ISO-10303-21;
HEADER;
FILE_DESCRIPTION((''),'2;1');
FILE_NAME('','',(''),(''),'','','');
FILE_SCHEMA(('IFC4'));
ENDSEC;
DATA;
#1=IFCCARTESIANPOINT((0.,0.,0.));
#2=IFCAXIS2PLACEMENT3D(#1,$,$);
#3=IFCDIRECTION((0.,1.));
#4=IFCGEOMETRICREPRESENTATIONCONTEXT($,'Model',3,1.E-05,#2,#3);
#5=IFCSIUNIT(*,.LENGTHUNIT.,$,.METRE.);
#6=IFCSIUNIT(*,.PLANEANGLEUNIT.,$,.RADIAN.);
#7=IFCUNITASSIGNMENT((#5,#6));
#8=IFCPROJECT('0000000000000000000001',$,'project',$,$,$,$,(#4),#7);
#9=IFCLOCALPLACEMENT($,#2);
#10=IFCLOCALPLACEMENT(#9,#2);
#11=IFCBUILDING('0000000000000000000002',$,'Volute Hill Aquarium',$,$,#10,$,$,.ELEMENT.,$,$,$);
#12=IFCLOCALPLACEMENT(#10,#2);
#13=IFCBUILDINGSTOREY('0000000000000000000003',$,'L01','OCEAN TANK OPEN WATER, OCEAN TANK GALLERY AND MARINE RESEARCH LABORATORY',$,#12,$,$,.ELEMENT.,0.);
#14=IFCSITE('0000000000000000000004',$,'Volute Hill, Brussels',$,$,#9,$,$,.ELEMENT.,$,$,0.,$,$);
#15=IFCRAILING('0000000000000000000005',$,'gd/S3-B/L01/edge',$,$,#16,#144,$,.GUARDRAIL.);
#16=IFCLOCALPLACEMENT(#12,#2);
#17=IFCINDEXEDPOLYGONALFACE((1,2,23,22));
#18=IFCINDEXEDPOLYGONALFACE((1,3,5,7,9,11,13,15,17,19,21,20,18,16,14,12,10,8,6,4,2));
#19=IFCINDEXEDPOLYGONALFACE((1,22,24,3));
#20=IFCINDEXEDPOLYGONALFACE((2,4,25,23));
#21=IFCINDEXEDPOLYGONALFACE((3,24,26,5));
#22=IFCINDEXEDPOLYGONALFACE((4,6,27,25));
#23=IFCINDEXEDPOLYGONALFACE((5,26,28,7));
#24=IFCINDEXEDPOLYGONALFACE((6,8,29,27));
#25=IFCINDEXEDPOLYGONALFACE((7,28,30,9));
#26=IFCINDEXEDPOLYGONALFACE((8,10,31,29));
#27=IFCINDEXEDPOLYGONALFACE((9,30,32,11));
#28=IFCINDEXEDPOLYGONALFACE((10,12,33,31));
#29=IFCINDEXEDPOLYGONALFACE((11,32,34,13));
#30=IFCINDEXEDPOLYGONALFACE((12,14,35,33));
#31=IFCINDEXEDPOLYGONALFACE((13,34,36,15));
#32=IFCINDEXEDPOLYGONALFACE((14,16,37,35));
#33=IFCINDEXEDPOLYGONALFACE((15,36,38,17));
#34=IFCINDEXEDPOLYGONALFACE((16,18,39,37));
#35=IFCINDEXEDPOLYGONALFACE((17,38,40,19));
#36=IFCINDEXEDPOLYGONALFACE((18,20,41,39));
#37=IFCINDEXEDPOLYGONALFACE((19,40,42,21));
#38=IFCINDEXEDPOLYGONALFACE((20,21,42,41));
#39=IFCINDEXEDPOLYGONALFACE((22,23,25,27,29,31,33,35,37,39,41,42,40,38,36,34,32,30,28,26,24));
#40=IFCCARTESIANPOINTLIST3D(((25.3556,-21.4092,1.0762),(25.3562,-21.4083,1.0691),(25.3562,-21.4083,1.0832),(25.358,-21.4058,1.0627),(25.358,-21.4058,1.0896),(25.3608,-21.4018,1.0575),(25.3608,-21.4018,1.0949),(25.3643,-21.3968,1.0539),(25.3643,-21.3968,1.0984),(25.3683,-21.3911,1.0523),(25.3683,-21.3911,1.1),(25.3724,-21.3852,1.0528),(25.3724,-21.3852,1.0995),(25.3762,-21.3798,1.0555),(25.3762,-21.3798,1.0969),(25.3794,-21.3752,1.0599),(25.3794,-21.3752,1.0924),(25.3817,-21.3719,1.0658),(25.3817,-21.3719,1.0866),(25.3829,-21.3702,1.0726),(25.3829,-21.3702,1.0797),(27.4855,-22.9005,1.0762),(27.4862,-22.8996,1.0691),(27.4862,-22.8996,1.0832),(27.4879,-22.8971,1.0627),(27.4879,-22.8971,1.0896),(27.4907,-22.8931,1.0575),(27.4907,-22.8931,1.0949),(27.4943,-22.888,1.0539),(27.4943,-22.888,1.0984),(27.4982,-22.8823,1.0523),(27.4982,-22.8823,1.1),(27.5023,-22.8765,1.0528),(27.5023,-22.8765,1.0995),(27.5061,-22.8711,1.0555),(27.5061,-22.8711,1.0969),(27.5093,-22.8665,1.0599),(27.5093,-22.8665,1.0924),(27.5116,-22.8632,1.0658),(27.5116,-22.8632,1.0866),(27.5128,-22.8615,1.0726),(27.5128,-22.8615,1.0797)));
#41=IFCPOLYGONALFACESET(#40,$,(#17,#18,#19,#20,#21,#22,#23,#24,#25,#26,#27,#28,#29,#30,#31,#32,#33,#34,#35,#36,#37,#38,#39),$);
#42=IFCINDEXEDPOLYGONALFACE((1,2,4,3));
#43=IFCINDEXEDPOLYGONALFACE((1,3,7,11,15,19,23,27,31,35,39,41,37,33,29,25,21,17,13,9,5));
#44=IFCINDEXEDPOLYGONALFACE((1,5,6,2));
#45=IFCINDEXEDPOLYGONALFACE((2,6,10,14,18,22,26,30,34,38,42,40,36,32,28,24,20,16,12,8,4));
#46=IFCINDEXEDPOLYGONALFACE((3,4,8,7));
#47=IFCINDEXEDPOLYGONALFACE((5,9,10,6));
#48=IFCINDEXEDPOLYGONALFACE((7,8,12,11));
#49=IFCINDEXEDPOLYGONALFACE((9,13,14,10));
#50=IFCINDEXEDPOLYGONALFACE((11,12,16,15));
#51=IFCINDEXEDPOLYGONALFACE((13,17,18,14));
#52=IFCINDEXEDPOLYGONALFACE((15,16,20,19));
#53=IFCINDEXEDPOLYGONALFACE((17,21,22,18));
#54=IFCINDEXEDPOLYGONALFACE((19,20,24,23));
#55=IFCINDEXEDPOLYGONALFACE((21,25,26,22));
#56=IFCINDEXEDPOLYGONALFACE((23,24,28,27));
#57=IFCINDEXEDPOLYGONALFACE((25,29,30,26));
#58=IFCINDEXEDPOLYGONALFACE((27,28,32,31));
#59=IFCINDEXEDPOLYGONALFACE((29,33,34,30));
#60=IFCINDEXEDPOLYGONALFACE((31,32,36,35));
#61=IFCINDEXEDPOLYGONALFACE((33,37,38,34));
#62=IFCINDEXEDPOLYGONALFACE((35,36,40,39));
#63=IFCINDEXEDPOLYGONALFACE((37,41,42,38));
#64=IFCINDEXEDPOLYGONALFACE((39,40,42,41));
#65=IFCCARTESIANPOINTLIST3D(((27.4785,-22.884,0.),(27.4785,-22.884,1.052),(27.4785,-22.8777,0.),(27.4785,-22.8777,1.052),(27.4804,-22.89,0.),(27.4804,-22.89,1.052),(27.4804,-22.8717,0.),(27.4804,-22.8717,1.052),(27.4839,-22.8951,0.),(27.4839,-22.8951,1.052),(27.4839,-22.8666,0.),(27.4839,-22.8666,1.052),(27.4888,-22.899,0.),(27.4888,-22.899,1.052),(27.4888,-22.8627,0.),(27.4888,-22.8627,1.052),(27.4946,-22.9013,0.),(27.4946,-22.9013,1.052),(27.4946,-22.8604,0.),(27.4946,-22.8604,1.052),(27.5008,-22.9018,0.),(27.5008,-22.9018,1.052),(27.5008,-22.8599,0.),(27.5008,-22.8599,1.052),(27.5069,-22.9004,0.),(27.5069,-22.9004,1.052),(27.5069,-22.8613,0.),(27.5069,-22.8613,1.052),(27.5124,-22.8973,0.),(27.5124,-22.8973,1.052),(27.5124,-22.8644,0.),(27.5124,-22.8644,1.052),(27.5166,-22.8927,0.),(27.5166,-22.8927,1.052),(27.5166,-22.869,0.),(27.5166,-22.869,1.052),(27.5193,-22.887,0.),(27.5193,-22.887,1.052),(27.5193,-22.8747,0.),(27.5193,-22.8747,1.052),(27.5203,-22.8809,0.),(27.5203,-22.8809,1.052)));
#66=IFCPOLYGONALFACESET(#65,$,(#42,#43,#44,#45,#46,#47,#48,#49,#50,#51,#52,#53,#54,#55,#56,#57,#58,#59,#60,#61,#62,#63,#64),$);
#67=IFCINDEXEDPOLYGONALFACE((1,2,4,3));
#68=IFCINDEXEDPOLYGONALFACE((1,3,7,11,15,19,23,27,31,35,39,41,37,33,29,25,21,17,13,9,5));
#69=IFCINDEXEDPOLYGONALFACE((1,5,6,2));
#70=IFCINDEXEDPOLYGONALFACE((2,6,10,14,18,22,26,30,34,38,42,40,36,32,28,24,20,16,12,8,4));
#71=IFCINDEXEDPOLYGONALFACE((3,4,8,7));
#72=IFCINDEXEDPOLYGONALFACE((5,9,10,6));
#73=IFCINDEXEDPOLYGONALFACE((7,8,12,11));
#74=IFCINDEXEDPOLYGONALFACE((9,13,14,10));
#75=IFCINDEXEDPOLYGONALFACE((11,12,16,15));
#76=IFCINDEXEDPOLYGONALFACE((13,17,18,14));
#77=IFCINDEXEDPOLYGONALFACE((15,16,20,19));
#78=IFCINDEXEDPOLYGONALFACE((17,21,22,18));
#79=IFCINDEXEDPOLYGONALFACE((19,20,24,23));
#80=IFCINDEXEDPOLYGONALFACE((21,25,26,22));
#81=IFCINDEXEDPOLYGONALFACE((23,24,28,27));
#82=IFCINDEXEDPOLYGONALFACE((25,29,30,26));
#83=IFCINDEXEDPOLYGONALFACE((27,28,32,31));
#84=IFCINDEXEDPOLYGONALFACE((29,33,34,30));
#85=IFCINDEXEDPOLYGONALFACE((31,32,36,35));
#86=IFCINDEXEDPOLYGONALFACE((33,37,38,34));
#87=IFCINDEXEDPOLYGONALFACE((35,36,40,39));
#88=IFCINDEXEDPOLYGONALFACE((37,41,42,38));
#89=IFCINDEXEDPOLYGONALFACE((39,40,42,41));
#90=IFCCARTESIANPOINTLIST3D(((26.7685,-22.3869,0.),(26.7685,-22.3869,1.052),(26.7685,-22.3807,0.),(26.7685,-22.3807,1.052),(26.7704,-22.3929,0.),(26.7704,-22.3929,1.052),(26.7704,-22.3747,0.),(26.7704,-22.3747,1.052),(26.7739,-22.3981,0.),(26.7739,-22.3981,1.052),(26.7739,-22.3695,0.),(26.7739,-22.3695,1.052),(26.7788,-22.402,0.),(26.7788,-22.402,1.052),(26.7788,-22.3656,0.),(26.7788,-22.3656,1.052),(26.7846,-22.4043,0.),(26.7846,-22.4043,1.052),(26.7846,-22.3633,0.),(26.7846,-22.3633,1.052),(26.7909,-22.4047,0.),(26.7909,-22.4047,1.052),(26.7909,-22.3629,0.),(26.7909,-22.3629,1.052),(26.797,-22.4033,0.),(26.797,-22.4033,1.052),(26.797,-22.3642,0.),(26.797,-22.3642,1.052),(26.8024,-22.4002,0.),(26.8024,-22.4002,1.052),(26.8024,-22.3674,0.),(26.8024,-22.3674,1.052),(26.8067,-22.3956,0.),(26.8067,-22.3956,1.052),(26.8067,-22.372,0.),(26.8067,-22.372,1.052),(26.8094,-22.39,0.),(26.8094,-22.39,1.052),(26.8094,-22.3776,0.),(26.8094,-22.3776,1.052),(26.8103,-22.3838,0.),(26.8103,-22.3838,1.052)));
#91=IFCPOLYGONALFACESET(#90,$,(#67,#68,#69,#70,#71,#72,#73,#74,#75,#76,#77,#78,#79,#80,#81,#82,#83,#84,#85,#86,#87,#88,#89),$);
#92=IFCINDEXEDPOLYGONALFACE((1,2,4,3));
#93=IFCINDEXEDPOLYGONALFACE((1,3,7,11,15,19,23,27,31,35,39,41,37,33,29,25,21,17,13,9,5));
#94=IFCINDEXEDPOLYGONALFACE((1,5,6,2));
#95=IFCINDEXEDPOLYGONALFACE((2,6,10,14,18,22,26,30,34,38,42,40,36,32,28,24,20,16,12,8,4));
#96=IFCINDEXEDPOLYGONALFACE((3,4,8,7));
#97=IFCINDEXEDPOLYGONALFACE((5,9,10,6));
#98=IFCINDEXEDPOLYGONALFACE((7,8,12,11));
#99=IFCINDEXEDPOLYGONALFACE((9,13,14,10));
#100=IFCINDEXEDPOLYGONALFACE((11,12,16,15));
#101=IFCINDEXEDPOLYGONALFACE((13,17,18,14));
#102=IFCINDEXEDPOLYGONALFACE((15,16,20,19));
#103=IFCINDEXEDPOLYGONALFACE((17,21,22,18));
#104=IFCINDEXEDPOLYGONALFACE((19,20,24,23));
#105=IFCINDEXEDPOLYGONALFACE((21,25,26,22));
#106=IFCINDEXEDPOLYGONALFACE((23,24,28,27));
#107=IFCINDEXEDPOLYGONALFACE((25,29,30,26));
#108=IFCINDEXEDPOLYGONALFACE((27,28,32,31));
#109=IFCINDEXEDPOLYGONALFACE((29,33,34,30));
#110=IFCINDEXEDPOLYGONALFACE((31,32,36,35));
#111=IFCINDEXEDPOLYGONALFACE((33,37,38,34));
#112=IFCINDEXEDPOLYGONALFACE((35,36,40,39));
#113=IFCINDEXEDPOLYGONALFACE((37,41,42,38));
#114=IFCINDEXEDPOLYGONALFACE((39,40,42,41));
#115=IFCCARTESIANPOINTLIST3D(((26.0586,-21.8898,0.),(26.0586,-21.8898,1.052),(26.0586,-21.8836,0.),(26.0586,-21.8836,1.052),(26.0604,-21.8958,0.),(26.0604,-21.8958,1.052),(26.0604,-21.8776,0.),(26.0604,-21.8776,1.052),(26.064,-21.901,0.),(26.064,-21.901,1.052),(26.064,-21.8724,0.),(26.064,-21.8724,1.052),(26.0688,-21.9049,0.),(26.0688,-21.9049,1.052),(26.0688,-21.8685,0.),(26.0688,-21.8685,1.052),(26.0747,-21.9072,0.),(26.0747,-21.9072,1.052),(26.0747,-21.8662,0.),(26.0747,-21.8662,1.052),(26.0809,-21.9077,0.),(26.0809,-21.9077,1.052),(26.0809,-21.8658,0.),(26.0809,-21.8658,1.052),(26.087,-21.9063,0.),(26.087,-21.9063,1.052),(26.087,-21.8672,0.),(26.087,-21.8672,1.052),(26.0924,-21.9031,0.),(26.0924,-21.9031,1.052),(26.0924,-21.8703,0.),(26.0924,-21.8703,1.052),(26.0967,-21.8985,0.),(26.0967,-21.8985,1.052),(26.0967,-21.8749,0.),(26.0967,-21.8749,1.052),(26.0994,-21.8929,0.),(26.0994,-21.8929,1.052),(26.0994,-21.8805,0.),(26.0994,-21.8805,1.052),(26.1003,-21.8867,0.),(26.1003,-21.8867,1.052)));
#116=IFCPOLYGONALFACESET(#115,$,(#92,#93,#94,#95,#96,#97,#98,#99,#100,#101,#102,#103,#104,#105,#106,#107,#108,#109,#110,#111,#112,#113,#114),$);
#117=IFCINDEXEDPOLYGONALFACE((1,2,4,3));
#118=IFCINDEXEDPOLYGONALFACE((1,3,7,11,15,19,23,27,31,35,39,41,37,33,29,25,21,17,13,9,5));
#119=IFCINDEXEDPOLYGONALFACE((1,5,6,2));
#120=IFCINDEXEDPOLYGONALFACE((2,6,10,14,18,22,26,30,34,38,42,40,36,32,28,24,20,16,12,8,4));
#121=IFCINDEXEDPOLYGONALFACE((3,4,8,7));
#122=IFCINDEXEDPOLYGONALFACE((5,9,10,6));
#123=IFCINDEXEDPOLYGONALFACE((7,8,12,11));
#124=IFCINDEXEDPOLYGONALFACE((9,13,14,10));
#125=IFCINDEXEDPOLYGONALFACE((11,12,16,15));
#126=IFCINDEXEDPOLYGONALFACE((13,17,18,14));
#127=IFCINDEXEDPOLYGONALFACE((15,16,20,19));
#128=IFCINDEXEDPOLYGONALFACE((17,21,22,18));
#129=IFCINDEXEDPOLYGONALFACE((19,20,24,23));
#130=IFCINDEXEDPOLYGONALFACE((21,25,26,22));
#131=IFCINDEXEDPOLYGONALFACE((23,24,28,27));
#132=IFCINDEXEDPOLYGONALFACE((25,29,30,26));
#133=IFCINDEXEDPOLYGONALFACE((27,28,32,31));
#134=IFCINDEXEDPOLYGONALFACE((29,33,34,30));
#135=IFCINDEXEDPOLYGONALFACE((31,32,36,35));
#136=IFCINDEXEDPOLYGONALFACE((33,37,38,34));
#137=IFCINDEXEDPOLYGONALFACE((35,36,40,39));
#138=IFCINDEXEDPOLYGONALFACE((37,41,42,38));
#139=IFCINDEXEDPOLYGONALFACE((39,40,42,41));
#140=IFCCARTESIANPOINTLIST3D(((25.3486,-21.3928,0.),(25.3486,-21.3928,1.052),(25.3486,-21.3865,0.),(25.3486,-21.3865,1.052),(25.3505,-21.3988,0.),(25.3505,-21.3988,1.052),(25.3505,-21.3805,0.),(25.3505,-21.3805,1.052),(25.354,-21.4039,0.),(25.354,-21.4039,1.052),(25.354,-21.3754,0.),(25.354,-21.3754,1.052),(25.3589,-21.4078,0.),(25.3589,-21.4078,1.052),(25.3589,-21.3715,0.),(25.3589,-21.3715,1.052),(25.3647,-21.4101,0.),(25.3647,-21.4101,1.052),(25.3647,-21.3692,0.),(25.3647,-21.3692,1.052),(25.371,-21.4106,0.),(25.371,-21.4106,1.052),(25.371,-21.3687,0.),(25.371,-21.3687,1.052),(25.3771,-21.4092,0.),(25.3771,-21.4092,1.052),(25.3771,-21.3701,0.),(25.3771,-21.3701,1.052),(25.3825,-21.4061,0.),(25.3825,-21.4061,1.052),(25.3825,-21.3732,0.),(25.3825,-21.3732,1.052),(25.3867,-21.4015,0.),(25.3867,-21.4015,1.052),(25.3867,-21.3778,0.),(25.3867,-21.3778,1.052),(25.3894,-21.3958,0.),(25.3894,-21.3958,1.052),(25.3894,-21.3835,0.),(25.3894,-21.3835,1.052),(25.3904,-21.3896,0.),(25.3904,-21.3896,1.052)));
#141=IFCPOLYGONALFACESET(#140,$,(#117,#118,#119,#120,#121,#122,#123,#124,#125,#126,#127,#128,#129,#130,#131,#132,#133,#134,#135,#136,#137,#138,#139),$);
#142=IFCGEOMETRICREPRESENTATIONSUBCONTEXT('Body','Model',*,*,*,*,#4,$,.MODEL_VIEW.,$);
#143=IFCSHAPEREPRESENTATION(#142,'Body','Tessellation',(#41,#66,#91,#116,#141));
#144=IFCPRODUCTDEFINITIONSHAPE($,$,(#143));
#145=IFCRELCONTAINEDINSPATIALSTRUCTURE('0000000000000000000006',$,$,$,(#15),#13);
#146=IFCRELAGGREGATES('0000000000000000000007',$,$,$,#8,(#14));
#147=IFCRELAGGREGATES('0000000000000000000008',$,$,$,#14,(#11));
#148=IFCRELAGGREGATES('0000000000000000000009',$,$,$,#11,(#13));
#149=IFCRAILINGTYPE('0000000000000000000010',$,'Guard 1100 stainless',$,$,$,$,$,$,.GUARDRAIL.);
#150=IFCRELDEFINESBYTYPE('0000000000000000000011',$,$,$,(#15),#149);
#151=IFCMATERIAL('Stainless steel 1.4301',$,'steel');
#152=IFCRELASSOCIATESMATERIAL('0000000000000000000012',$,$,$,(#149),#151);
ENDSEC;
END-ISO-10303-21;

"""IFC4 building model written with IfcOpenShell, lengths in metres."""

from ifc_helpers import new_model, si_unit, direction, frame, origin, origin_2d, place, context, subcontext, project, spatial, circle, extrude, material, type_object, element, save


model = new_model("IFC4")

# Units and contexts
model_context = context("Model", 3, precision=1e-05, world=origin(), true_north=direction((0.0, 1.0)))
body_context = subcontext(model_context, "Body", "Model", "MODEL_VIEW")
ifc_project = project(units=[si_unit("LENGTHUNIT", "METRE"), si_unit("PLANEANGLEUNIT", "RADIAN")], contexts=[model_context])

# Site, building, storey
site_placement = place(None, origin())
site = spatial("IfcSite", under=ifc_project, at=site_placement, Name="Volute Hill, Brussels", CompositionType="ELEMENT", RefElevation=0.0)
building_placement = place(site_placement, origin())
building = spatial("IfcBuilding", under=site, at=building_placement, Name="Volute Hill Aquarium", CompositionType="ELEMENT")
storey_placement = place(building_placement, origin())
storey = spatial("IfcBuildingStorey", under=building, at=storey_placement, Name="L01", Description="OCEAN TANK OPEN WATER, OCEAN TANK GALLERY AND MARINE RESEARCH LABORATORY", CompositionType="ELEMENT", Elevation=0.0)

# Railing
ifc_material_1 = material(Name="Stainless steel 1.4301", Category="steel")
railing_type_1 = type_object("IfcRailingType", Name="Guard 1100 stainless", PredefinedType="GUARDRAIL", material=ifc_material_1)
railing_1_placement = place(storey_placement, frame((27.4993, -22.8809, 0.0)))
element("IfcRailing", 1, at=railing_1_placement, inside=storey, type_object=railing_type_1, Name="gd/S3-B/L01/edge", PredefinedType="GUARDRAIL", context=body_context, shape_type="SweptSolid", body=[
    extrude(circle(Radius=0.0239, at=origin_2d()), frame((0.0, 0.0, 1.0762), z_axis=(-0.819179, 0.573538, 0.0), x_axis=(-0.573538, -0.819179, 0.0)), (0.0, 0.0, 1.0), 2.6001),
    extrude(circle(Radius=0.021, at=origin_2d()), origin(), (0.0, 0.0, 1.0), 1.052),
    extrude(circle(Radius=0.021, at=origin_2d()), frame((-0.71, 0.4971, 0.0)), (0.0, 0.0, 1.0), 1.052),
    extrude(circle(Radius=0.021, at=origin_2d()), frame((-1.4199, 0.9941, 0.0)), (0.0, 0.0, 1.0), 1.052),
    extrude(circle(Radius=0.021, at=origin_2d()), frame((-2.1299, 1.4912, 0.0)), (0.0, 0.0, 1.0), 1.052),
])

save(model, "model.ifc")
